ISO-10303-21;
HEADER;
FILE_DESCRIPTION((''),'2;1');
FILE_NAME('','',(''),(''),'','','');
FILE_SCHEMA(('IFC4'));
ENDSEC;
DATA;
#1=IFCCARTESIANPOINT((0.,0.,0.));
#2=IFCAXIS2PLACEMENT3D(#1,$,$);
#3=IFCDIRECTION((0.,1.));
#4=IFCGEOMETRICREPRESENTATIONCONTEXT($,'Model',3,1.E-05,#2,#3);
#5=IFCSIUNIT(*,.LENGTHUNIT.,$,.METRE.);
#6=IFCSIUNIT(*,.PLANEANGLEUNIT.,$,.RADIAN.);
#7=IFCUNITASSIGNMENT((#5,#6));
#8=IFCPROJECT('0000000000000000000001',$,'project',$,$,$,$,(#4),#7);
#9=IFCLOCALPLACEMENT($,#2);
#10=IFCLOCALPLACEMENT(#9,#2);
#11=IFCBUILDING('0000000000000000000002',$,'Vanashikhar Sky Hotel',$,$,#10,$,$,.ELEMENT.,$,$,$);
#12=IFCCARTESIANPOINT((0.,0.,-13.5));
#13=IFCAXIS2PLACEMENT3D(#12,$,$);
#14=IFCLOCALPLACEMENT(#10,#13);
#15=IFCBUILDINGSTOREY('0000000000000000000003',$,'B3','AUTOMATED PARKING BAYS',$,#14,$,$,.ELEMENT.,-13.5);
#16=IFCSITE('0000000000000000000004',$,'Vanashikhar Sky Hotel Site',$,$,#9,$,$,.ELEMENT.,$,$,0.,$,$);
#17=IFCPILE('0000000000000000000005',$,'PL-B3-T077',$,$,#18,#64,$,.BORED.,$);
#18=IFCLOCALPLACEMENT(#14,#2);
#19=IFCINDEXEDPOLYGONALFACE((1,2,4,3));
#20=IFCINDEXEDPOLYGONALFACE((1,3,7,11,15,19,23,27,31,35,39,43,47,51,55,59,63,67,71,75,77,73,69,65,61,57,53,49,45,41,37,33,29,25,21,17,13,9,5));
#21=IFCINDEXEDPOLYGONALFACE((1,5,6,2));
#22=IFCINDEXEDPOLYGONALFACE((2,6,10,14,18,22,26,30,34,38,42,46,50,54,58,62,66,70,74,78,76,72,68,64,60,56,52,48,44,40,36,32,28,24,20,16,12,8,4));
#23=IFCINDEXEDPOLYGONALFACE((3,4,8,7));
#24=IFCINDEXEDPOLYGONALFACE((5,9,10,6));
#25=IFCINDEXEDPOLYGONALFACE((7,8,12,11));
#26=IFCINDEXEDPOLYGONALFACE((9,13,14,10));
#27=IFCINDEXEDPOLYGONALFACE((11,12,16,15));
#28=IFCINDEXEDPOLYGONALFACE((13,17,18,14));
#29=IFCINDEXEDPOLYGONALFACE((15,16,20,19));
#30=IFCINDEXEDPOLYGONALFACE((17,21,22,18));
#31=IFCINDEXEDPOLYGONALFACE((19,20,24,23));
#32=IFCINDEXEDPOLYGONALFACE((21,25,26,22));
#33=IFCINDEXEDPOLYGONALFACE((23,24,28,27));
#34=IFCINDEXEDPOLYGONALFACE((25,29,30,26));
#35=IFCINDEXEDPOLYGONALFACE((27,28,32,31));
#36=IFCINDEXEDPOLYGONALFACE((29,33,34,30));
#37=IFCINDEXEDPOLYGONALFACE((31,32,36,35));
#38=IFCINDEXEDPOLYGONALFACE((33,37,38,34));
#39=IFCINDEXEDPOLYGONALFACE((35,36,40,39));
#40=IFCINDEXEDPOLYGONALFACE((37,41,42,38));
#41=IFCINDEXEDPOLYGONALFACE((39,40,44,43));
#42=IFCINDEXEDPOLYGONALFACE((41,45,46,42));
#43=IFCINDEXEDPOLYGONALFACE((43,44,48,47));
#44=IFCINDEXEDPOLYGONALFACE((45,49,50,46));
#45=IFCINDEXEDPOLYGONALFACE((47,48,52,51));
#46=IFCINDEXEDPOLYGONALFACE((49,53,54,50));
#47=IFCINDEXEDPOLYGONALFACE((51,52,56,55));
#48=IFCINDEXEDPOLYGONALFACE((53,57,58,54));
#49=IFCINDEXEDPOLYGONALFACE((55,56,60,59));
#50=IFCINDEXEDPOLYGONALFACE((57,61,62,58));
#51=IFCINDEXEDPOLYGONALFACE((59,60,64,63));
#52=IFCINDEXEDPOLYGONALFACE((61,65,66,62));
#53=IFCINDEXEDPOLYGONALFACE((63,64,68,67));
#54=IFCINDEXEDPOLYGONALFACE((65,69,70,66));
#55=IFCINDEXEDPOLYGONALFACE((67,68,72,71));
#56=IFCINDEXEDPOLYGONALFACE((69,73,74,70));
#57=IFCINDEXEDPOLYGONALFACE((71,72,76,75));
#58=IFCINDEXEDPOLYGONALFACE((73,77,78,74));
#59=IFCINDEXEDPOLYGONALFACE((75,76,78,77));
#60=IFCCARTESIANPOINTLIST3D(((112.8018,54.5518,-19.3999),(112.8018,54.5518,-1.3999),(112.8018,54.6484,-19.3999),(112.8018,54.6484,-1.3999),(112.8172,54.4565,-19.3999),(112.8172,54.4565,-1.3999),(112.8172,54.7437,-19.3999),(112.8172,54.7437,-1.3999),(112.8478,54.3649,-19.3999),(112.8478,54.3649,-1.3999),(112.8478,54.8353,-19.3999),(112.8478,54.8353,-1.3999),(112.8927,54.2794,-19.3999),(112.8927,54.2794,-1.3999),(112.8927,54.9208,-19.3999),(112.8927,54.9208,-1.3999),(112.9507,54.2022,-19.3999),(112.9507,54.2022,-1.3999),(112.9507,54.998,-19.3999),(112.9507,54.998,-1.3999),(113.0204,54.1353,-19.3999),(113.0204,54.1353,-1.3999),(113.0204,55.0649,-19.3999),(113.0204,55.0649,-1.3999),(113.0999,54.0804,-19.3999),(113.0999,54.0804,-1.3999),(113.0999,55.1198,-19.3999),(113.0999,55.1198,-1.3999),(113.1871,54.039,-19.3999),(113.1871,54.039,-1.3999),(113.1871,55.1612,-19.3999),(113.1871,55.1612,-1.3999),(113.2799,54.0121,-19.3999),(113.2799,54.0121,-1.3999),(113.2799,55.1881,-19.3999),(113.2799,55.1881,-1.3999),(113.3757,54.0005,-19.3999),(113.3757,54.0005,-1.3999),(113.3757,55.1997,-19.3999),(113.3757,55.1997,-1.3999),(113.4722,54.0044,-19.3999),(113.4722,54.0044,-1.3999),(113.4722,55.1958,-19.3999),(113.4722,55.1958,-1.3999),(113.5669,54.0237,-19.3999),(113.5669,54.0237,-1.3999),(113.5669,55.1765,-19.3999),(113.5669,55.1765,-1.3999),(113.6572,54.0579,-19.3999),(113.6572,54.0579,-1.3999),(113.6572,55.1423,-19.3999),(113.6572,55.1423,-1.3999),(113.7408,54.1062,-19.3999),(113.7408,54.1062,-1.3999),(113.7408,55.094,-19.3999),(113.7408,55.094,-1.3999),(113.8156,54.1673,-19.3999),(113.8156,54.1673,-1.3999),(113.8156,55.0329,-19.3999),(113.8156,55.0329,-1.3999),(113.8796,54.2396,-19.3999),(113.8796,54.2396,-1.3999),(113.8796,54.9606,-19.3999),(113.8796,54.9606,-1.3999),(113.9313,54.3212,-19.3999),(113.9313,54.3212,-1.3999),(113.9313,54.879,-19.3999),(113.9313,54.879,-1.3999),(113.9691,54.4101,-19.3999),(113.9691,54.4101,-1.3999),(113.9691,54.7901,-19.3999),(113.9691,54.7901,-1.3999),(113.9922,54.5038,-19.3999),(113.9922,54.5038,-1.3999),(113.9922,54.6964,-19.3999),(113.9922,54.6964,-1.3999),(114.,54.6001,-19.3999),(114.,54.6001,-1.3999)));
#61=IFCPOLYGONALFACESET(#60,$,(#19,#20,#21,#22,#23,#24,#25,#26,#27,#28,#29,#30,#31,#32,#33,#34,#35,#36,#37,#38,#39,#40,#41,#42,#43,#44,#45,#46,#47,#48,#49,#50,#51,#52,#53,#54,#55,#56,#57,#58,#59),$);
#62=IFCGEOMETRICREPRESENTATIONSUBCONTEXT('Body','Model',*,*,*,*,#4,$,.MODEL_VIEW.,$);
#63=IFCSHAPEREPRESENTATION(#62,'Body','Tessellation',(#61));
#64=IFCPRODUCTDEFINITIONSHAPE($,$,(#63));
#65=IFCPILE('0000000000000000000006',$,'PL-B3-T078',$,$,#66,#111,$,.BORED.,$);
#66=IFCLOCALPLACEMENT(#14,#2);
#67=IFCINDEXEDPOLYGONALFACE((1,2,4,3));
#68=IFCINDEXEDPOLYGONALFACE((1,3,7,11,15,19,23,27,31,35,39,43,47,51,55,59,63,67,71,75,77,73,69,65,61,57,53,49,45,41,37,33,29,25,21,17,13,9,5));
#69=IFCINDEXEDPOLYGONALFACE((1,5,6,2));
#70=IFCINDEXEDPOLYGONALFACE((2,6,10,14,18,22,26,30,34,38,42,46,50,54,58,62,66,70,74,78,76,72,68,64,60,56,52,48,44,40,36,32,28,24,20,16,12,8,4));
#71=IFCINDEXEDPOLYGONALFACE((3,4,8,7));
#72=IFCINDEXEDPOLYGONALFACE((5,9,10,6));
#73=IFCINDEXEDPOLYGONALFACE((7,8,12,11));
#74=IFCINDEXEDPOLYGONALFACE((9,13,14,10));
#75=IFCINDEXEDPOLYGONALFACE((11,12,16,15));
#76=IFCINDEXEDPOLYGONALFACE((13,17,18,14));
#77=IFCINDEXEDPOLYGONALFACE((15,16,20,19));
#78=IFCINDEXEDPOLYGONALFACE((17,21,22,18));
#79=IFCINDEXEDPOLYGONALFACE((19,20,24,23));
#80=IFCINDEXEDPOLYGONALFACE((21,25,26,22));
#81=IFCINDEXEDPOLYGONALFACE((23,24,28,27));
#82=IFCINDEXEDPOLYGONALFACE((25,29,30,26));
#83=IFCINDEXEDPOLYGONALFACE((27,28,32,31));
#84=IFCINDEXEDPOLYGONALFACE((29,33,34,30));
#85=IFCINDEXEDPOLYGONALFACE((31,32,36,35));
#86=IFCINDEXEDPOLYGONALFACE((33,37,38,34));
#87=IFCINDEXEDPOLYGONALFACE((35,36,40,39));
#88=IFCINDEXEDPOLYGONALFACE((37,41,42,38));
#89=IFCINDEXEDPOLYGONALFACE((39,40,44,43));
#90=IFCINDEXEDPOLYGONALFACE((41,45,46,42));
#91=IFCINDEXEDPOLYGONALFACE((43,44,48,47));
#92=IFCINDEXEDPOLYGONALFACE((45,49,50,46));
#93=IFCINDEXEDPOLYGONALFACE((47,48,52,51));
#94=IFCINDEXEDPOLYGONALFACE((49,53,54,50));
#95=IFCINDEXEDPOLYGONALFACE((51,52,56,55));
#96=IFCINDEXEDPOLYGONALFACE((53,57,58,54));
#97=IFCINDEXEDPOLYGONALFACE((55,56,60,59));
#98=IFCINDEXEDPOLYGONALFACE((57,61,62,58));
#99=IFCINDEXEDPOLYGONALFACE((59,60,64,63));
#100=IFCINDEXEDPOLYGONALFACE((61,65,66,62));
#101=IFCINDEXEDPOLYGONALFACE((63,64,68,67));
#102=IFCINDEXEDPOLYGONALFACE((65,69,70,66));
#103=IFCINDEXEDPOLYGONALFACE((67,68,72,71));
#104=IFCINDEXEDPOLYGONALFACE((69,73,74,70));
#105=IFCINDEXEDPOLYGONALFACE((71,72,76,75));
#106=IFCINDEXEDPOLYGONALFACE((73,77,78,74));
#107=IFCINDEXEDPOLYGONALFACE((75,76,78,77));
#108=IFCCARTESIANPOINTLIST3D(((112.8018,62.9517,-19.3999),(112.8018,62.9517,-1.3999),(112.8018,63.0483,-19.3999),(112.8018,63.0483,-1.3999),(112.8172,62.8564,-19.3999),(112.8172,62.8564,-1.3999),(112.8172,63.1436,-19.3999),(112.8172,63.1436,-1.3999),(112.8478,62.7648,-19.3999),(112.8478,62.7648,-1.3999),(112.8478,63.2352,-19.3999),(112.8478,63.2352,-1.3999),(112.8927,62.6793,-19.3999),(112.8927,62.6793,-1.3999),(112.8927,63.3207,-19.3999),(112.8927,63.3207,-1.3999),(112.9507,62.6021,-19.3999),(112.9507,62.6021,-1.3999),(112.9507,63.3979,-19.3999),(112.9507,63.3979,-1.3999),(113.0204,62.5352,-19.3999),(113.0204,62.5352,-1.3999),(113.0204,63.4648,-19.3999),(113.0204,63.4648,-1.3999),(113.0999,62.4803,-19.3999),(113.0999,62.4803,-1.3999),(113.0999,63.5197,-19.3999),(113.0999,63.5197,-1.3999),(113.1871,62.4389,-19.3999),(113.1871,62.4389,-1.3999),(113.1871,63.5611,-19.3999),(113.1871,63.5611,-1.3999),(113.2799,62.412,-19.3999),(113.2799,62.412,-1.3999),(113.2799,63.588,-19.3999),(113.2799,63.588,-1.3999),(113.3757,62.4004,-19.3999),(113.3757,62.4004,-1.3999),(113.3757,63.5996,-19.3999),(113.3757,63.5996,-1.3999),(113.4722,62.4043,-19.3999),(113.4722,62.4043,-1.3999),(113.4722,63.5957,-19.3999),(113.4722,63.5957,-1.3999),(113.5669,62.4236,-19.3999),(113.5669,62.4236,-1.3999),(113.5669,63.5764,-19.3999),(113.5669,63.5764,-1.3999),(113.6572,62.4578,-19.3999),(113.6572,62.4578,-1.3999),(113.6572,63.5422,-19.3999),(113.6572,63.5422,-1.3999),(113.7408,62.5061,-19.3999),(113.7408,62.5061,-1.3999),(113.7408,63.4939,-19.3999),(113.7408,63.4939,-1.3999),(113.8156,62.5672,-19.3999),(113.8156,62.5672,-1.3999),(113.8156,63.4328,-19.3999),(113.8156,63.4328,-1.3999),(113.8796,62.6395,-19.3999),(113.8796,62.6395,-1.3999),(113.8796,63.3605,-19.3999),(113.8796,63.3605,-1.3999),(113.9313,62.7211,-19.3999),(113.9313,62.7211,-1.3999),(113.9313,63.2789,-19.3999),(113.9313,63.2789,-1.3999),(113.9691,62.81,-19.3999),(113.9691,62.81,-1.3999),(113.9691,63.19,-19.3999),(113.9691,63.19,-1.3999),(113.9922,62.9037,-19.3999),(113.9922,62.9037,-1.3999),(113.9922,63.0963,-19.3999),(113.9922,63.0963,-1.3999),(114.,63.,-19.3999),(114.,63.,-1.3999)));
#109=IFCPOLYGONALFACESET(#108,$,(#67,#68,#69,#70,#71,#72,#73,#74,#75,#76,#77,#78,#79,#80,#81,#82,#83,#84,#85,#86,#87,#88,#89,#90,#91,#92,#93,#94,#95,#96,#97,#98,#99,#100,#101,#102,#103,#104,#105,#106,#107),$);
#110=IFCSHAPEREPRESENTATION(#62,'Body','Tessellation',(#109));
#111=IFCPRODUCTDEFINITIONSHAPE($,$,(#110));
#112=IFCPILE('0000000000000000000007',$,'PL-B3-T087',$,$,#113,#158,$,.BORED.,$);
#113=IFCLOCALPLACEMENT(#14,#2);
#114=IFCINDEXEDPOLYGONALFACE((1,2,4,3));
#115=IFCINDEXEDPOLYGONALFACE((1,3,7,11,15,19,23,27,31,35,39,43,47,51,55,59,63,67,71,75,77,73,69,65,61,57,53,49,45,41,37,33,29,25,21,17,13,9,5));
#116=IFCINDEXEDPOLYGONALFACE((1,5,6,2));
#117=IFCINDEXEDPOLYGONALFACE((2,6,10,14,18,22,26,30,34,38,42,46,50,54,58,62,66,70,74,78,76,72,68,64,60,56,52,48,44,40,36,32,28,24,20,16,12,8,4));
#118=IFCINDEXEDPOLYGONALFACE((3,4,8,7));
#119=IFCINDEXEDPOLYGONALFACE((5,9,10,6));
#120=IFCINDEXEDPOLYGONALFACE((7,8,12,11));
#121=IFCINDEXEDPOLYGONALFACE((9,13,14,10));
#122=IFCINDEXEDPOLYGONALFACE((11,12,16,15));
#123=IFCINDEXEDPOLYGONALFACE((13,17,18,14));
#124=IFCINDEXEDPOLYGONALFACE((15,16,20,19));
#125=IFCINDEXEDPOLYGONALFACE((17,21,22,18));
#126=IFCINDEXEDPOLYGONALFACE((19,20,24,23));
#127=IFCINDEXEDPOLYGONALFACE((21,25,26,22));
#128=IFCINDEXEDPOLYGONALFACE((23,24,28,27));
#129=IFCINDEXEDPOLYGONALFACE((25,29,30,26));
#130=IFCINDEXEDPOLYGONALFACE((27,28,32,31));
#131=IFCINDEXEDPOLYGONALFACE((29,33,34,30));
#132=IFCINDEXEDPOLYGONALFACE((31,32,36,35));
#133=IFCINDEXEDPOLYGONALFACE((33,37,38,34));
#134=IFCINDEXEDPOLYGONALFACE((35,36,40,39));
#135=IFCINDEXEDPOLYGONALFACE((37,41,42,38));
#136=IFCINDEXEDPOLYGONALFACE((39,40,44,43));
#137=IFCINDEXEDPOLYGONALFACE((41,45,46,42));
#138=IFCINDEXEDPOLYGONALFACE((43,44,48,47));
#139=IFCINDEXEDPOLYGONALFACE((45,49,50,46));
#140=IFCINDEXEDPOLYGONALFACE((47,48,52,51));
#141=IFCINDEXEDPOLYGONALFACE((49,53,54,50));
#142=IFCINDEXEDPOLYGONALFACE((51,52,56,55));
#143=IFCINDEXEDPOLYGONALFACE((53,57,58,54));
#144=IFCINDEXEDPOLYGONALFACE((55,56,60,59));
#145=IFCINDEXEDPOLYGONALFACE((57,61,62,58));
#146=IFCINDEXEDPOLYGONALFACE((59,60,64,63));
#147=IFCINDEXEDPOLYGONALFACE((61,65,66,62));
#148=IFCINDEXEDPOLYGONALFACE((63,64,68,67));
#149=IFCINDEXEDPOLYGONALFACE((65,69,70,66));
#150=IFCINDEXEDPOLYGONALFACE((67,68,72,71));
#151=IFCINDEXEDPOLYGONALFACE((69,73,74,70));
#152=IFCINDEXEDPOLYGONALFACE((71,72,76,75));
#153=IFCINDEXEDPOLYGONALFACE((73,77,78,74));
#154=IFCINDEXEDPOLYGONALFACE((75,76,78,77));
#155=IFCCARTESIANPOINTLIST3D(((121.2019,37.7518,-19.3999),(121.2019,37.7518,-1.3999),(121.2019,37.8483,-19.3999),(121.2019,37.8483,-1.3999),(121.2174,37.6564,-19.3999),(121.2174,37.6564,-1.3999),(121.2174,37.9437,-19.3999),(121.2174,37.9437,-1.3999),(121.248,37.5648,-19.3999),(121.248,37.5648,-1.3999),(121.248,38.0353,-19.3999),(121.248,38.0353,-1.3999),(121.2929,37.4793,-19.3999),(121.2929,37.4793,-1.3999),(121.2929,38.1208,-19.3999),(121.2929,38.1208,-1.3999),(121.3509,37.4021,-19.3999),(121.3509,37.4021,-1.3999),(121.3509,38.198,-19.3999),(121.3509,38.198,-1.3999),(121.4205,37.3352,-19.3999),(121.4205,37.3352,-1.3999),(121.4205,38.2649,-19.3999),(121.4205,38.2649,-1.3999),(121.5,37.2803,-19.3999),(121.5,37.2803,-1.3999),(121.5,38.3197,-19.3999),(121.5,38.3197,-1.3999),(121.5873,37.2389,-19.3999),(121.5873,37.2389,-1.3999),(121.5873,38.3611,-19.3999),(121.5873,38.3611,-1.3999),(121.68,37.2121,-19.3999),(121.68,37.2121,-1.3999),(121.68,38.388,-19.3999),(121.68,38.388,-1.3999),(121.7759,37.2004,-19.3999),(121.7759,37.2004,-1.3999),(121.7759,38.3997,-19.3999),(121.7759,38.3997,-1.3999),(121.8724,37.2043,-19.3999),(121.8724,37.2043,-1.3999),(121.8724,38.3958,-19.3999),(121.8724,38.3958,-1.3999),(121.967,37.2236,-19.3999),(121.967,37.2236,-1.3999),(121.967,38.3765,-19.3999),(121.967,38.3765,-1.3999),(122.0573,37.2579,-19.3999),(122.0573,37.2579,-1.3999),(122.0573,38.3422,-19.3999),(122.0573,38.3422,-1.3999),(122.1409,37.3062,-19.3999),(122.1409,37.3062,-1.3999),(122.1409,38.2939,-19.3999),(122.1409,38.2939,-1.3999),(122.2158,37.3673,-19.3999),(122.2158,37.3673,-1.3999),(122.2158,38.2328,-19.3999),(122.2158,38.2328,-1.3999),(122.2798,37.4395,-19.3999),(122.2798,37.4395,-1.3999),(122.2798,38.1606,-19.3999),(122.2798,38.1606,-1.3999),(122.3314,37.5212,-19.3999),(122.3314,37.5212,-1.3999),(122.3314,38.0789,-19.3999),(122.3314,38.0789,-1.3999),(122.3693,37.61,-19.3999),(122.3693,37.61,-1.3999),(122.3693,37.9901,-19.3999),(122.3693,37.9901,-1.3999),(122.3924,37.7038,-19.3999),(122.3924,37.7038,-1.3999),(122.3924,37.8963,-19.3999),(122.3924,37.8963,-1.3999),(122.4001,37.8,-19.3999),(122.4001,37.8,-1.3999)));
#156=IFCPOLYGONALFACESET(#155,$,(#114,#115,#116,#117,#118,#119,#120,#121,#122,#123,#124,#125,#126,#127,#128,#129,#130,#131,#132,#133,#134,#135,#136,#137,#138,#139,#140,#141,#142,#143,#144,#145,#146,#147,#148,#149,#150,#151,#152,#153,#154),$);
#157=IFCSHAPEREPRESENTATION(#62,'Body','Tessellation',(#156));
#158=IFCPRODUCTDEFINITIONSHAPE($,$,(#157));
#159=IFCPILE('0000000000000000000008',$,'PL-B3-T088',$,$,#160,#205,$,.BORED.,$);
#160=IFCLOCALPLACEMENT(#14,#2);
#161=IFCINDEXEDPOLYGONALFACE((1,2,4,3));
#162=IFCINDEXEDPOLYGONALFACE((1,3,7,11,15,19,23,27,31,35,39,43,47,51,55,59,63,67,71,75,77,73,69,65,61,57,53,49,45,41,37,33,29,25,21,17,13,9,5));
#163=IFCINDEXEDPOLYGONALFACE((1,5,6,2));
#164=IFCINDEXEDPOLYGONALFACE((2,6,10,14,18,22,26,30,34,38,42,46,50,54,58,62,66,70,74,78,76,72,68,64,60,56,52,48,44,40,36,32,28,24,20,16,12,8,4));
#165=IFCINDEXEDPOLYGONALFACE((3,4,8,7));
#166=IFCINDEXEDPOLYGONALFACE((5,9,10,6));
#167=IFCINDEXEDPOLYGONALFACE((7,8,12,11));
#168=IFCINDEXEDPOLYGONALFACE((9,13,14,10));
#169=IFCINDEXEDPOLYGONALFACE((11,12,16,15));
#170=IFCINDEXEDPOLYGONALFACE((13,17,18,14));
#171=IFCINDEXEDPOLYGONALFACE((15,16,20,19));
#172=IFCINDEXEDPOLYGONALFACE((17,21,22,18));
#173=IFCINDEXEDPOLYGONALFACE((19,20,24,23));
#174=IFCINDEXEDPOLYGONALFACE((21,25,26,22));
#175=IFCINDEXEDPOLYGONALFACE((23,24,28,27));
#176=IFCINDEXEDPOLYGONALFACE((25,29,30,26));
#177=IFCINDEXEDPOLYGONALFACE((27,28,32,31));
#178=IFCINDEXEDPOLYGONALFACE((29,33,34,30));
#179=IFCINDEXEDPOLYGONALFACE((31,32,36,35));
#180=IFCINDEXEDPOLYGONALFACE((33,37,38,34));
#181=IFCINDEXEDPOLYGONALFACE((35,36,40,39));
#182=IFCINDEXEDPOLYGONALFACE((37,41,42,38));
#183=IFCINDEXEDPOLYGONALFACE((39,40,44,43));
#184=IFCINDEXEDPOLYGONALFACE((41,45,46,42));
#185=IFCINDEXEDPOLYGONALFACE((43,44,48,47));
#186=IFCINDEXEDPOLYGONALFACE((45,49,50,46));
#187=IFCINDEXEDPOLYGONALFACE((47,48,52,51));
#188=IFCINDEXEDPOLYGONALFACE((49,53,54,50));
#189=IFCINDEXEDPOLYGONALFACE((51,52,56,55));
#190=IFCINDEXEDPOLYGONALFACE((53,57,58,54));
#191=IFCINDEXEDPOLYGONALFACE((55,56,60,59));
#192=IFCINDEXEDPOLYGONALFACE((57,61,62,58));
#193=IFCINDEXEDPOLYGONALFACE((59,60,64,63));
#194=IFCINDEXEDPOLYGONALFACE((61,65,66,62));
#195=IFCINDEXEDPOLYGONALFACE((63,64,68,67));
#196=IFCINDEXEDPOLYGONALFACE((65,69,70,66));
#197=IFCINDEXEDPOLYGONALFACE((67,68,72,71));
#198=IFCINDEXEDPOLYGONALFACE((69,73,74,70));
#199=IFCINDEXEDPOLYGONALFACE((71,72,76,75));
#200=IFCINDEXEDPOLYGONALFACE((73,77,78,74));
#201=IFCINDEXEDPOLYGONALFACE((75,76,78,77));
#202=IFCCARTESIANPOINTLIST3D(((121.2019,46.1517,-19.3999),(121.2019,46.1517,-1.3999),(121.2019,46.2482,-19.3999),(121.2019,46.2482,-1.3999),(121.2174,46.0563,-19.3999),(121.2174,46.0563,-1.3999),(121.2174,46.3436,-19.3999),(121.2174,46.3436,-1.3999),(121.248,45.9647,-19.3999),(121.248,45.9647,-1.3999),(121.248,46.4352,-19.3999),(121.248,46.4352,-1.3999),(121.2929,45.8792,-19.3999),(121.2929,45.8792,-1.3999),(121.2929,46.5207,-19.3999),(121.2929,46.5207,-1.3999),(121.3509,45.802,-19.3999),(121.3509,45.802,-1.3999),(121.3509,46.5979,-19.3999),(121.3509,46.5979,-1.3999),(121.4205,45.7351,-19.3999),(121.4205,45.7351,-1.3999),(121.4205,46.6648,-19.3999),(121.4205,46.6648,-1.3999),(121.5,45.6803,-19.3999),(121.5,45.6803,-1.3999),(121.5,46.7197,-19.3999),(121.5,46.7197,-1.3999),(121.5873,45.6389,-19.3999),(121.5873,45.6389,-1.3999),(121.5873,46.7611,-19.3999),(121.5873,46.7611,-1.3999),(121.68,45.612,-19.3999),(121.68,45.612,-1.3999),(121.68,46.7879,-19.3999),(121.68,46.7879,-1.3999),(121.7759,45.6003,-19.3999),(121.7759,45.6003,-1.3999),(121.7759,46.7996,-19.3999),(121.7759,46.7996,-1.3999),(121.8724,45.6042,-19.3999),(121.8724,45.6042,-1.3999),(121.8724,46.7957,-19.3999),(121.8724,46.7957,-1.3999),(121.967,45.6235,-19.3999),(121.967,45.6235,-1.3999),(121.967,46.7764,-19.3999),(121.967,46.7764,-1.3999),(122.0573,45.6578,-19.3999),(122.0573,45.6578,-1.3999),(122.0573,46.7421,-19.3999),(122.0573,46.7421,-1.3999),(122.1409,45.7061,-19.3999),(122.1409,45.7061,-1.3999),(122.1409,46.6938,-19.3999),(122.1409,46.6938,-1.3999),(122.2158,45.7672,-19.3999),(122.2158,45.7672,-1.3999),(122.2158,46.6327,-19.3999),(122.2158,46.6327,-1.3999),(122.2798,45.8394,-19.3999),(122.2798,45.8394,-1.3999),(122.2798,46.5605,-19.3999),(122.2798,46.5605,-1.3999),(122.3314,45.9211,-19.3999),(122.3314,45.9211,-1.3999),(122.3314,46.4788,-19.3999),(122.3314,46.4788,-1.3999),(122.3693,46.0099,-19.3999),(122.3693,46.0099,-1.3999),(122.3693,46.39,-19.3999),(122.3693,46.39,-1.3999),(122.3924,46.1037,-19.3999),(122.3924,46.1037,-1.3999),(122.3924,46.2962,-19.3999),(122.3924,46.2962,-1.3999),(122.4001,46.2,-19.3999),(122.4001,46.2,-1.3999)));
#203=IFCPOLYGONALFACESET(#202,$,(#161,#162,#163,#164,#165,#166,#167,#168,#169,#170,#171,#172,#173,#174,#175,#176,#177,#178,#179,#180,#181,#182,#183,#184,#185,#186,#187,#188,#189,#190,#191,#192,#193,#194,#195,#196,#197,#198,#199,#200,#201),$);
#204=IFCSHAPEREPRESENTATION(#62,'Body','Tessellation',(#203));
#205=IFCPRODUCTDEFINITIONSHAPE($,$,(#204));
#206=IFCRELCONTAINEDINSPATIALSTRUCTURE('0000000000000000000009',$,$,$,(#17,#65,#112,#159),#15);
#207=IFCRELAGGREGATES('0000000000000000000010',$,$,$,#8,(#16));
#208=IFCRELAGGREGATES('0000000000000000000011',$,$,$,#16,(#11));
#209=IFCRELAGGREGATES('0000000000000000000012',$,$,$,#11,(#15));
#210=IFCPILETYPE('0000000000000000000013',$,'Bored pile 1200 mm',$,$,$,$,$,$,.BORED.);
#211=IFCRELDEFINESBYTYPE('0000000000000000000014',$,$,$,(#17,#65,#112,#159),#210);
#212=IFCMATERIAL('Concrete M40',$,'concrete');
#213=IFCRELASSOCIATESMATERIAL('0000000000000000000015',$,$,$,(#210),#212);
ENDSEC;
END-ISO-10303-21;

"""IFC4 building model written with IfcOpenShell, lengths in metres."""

from ifc_helpers import new_model, si_unit, direction, frame, origin, origin_2d, place, context, subcontext, project, spatial, circle, extrude, source, transform, mapped, material, type_object, element, save


model = new_model("IFC4")

# Units and contexts
model_context = context("Model", 3, precision=1e-05, world=origin(), true_north=direction((0.0, 1.0)))
body_context = subcontext(model_context, "Body", "Model", "MODEL_VIEW")
ifc_project = project(units=[si_unit("LENGTHUNIT", "METRE"), si_unit("PLANEANGLEUNIT", "RADIAN")], contexts=[model_context])

# Site, building, storey
site_placement = place(None, origin())
site = spatial("IfcSite", under=ifc_project, at=site_placement, Name="Vanashikhar Sky Hotel Site", CompositionType="ELEMENT", RefElevation=0.0)
building_placement = place(site_placement, origin())
building = spatial("IfcBuilding", under=site, at=building_placement, Name="Vanashikhar Sky Hotel", CompositionType="ELEMENT")
storey_placement = place(building_placement, frame((0.0, 0.0, -13.5)))
storey = spatial("IfcBuildingStorey", under=building, at=storey_placement, Name="B3", Description="AUTOMATED PARKING BAYS", CompositionType="ELEMENT", Elevation=-13.5)

# Piles
ifc_material_1 = material(Name="Concrete M40", Category="concrete")
pile_type_1 = type_object("IfcPileType", Name="Bored pile 1200 mm", PredefinedType="BORED", material=ifc_material_1)
shared_shape_1 = source(origin(), body_context, "Body", "SweptSolid", [
    extrude(circle(Radius=0.6001, at=origin_2d()), origin(), (0.0, 0.0, 1.0), 18.0),
])
for number, where, z_axis, x_axis, name in (
    (1, (113.3999, 54.6001, -1.3999), (0.0, 0.0, -1.0), (1.0, 0.0, 0.0), "PL-B3-T077"),
    (2, (113.3999, 63.0, -1.3999), (0.0, 0.0, -1.0), (1.0, 0.0, 0.0), "PL-B3-T078"),
    (3, (121.8, 37.8, -1.3999), (0.0, 0.0, -1.0), (1.0, 0.0, 0.0), "PL-B3-T087"),
    (4, (121.8, 46.2, -1.3999), (0.0, 0.0, -1.0), (1.0, 0.0, 0.0), "PL-B3-T088"),
):
    element("IfcPile", number, at=place(storey_placement, frame(where, z_axis=z_axis, x_axis=x_axis)), inside=storey, type_object=pile_type_1, Name=name, PredefinedType="BORED", context=body_context, shape_type="MappedRepresentation", body=[
        mapped(shared_shape_1, transform((0.0, 0.0, 0.0), scale=1.0)),
    ])

save(model, "model.ifc")
